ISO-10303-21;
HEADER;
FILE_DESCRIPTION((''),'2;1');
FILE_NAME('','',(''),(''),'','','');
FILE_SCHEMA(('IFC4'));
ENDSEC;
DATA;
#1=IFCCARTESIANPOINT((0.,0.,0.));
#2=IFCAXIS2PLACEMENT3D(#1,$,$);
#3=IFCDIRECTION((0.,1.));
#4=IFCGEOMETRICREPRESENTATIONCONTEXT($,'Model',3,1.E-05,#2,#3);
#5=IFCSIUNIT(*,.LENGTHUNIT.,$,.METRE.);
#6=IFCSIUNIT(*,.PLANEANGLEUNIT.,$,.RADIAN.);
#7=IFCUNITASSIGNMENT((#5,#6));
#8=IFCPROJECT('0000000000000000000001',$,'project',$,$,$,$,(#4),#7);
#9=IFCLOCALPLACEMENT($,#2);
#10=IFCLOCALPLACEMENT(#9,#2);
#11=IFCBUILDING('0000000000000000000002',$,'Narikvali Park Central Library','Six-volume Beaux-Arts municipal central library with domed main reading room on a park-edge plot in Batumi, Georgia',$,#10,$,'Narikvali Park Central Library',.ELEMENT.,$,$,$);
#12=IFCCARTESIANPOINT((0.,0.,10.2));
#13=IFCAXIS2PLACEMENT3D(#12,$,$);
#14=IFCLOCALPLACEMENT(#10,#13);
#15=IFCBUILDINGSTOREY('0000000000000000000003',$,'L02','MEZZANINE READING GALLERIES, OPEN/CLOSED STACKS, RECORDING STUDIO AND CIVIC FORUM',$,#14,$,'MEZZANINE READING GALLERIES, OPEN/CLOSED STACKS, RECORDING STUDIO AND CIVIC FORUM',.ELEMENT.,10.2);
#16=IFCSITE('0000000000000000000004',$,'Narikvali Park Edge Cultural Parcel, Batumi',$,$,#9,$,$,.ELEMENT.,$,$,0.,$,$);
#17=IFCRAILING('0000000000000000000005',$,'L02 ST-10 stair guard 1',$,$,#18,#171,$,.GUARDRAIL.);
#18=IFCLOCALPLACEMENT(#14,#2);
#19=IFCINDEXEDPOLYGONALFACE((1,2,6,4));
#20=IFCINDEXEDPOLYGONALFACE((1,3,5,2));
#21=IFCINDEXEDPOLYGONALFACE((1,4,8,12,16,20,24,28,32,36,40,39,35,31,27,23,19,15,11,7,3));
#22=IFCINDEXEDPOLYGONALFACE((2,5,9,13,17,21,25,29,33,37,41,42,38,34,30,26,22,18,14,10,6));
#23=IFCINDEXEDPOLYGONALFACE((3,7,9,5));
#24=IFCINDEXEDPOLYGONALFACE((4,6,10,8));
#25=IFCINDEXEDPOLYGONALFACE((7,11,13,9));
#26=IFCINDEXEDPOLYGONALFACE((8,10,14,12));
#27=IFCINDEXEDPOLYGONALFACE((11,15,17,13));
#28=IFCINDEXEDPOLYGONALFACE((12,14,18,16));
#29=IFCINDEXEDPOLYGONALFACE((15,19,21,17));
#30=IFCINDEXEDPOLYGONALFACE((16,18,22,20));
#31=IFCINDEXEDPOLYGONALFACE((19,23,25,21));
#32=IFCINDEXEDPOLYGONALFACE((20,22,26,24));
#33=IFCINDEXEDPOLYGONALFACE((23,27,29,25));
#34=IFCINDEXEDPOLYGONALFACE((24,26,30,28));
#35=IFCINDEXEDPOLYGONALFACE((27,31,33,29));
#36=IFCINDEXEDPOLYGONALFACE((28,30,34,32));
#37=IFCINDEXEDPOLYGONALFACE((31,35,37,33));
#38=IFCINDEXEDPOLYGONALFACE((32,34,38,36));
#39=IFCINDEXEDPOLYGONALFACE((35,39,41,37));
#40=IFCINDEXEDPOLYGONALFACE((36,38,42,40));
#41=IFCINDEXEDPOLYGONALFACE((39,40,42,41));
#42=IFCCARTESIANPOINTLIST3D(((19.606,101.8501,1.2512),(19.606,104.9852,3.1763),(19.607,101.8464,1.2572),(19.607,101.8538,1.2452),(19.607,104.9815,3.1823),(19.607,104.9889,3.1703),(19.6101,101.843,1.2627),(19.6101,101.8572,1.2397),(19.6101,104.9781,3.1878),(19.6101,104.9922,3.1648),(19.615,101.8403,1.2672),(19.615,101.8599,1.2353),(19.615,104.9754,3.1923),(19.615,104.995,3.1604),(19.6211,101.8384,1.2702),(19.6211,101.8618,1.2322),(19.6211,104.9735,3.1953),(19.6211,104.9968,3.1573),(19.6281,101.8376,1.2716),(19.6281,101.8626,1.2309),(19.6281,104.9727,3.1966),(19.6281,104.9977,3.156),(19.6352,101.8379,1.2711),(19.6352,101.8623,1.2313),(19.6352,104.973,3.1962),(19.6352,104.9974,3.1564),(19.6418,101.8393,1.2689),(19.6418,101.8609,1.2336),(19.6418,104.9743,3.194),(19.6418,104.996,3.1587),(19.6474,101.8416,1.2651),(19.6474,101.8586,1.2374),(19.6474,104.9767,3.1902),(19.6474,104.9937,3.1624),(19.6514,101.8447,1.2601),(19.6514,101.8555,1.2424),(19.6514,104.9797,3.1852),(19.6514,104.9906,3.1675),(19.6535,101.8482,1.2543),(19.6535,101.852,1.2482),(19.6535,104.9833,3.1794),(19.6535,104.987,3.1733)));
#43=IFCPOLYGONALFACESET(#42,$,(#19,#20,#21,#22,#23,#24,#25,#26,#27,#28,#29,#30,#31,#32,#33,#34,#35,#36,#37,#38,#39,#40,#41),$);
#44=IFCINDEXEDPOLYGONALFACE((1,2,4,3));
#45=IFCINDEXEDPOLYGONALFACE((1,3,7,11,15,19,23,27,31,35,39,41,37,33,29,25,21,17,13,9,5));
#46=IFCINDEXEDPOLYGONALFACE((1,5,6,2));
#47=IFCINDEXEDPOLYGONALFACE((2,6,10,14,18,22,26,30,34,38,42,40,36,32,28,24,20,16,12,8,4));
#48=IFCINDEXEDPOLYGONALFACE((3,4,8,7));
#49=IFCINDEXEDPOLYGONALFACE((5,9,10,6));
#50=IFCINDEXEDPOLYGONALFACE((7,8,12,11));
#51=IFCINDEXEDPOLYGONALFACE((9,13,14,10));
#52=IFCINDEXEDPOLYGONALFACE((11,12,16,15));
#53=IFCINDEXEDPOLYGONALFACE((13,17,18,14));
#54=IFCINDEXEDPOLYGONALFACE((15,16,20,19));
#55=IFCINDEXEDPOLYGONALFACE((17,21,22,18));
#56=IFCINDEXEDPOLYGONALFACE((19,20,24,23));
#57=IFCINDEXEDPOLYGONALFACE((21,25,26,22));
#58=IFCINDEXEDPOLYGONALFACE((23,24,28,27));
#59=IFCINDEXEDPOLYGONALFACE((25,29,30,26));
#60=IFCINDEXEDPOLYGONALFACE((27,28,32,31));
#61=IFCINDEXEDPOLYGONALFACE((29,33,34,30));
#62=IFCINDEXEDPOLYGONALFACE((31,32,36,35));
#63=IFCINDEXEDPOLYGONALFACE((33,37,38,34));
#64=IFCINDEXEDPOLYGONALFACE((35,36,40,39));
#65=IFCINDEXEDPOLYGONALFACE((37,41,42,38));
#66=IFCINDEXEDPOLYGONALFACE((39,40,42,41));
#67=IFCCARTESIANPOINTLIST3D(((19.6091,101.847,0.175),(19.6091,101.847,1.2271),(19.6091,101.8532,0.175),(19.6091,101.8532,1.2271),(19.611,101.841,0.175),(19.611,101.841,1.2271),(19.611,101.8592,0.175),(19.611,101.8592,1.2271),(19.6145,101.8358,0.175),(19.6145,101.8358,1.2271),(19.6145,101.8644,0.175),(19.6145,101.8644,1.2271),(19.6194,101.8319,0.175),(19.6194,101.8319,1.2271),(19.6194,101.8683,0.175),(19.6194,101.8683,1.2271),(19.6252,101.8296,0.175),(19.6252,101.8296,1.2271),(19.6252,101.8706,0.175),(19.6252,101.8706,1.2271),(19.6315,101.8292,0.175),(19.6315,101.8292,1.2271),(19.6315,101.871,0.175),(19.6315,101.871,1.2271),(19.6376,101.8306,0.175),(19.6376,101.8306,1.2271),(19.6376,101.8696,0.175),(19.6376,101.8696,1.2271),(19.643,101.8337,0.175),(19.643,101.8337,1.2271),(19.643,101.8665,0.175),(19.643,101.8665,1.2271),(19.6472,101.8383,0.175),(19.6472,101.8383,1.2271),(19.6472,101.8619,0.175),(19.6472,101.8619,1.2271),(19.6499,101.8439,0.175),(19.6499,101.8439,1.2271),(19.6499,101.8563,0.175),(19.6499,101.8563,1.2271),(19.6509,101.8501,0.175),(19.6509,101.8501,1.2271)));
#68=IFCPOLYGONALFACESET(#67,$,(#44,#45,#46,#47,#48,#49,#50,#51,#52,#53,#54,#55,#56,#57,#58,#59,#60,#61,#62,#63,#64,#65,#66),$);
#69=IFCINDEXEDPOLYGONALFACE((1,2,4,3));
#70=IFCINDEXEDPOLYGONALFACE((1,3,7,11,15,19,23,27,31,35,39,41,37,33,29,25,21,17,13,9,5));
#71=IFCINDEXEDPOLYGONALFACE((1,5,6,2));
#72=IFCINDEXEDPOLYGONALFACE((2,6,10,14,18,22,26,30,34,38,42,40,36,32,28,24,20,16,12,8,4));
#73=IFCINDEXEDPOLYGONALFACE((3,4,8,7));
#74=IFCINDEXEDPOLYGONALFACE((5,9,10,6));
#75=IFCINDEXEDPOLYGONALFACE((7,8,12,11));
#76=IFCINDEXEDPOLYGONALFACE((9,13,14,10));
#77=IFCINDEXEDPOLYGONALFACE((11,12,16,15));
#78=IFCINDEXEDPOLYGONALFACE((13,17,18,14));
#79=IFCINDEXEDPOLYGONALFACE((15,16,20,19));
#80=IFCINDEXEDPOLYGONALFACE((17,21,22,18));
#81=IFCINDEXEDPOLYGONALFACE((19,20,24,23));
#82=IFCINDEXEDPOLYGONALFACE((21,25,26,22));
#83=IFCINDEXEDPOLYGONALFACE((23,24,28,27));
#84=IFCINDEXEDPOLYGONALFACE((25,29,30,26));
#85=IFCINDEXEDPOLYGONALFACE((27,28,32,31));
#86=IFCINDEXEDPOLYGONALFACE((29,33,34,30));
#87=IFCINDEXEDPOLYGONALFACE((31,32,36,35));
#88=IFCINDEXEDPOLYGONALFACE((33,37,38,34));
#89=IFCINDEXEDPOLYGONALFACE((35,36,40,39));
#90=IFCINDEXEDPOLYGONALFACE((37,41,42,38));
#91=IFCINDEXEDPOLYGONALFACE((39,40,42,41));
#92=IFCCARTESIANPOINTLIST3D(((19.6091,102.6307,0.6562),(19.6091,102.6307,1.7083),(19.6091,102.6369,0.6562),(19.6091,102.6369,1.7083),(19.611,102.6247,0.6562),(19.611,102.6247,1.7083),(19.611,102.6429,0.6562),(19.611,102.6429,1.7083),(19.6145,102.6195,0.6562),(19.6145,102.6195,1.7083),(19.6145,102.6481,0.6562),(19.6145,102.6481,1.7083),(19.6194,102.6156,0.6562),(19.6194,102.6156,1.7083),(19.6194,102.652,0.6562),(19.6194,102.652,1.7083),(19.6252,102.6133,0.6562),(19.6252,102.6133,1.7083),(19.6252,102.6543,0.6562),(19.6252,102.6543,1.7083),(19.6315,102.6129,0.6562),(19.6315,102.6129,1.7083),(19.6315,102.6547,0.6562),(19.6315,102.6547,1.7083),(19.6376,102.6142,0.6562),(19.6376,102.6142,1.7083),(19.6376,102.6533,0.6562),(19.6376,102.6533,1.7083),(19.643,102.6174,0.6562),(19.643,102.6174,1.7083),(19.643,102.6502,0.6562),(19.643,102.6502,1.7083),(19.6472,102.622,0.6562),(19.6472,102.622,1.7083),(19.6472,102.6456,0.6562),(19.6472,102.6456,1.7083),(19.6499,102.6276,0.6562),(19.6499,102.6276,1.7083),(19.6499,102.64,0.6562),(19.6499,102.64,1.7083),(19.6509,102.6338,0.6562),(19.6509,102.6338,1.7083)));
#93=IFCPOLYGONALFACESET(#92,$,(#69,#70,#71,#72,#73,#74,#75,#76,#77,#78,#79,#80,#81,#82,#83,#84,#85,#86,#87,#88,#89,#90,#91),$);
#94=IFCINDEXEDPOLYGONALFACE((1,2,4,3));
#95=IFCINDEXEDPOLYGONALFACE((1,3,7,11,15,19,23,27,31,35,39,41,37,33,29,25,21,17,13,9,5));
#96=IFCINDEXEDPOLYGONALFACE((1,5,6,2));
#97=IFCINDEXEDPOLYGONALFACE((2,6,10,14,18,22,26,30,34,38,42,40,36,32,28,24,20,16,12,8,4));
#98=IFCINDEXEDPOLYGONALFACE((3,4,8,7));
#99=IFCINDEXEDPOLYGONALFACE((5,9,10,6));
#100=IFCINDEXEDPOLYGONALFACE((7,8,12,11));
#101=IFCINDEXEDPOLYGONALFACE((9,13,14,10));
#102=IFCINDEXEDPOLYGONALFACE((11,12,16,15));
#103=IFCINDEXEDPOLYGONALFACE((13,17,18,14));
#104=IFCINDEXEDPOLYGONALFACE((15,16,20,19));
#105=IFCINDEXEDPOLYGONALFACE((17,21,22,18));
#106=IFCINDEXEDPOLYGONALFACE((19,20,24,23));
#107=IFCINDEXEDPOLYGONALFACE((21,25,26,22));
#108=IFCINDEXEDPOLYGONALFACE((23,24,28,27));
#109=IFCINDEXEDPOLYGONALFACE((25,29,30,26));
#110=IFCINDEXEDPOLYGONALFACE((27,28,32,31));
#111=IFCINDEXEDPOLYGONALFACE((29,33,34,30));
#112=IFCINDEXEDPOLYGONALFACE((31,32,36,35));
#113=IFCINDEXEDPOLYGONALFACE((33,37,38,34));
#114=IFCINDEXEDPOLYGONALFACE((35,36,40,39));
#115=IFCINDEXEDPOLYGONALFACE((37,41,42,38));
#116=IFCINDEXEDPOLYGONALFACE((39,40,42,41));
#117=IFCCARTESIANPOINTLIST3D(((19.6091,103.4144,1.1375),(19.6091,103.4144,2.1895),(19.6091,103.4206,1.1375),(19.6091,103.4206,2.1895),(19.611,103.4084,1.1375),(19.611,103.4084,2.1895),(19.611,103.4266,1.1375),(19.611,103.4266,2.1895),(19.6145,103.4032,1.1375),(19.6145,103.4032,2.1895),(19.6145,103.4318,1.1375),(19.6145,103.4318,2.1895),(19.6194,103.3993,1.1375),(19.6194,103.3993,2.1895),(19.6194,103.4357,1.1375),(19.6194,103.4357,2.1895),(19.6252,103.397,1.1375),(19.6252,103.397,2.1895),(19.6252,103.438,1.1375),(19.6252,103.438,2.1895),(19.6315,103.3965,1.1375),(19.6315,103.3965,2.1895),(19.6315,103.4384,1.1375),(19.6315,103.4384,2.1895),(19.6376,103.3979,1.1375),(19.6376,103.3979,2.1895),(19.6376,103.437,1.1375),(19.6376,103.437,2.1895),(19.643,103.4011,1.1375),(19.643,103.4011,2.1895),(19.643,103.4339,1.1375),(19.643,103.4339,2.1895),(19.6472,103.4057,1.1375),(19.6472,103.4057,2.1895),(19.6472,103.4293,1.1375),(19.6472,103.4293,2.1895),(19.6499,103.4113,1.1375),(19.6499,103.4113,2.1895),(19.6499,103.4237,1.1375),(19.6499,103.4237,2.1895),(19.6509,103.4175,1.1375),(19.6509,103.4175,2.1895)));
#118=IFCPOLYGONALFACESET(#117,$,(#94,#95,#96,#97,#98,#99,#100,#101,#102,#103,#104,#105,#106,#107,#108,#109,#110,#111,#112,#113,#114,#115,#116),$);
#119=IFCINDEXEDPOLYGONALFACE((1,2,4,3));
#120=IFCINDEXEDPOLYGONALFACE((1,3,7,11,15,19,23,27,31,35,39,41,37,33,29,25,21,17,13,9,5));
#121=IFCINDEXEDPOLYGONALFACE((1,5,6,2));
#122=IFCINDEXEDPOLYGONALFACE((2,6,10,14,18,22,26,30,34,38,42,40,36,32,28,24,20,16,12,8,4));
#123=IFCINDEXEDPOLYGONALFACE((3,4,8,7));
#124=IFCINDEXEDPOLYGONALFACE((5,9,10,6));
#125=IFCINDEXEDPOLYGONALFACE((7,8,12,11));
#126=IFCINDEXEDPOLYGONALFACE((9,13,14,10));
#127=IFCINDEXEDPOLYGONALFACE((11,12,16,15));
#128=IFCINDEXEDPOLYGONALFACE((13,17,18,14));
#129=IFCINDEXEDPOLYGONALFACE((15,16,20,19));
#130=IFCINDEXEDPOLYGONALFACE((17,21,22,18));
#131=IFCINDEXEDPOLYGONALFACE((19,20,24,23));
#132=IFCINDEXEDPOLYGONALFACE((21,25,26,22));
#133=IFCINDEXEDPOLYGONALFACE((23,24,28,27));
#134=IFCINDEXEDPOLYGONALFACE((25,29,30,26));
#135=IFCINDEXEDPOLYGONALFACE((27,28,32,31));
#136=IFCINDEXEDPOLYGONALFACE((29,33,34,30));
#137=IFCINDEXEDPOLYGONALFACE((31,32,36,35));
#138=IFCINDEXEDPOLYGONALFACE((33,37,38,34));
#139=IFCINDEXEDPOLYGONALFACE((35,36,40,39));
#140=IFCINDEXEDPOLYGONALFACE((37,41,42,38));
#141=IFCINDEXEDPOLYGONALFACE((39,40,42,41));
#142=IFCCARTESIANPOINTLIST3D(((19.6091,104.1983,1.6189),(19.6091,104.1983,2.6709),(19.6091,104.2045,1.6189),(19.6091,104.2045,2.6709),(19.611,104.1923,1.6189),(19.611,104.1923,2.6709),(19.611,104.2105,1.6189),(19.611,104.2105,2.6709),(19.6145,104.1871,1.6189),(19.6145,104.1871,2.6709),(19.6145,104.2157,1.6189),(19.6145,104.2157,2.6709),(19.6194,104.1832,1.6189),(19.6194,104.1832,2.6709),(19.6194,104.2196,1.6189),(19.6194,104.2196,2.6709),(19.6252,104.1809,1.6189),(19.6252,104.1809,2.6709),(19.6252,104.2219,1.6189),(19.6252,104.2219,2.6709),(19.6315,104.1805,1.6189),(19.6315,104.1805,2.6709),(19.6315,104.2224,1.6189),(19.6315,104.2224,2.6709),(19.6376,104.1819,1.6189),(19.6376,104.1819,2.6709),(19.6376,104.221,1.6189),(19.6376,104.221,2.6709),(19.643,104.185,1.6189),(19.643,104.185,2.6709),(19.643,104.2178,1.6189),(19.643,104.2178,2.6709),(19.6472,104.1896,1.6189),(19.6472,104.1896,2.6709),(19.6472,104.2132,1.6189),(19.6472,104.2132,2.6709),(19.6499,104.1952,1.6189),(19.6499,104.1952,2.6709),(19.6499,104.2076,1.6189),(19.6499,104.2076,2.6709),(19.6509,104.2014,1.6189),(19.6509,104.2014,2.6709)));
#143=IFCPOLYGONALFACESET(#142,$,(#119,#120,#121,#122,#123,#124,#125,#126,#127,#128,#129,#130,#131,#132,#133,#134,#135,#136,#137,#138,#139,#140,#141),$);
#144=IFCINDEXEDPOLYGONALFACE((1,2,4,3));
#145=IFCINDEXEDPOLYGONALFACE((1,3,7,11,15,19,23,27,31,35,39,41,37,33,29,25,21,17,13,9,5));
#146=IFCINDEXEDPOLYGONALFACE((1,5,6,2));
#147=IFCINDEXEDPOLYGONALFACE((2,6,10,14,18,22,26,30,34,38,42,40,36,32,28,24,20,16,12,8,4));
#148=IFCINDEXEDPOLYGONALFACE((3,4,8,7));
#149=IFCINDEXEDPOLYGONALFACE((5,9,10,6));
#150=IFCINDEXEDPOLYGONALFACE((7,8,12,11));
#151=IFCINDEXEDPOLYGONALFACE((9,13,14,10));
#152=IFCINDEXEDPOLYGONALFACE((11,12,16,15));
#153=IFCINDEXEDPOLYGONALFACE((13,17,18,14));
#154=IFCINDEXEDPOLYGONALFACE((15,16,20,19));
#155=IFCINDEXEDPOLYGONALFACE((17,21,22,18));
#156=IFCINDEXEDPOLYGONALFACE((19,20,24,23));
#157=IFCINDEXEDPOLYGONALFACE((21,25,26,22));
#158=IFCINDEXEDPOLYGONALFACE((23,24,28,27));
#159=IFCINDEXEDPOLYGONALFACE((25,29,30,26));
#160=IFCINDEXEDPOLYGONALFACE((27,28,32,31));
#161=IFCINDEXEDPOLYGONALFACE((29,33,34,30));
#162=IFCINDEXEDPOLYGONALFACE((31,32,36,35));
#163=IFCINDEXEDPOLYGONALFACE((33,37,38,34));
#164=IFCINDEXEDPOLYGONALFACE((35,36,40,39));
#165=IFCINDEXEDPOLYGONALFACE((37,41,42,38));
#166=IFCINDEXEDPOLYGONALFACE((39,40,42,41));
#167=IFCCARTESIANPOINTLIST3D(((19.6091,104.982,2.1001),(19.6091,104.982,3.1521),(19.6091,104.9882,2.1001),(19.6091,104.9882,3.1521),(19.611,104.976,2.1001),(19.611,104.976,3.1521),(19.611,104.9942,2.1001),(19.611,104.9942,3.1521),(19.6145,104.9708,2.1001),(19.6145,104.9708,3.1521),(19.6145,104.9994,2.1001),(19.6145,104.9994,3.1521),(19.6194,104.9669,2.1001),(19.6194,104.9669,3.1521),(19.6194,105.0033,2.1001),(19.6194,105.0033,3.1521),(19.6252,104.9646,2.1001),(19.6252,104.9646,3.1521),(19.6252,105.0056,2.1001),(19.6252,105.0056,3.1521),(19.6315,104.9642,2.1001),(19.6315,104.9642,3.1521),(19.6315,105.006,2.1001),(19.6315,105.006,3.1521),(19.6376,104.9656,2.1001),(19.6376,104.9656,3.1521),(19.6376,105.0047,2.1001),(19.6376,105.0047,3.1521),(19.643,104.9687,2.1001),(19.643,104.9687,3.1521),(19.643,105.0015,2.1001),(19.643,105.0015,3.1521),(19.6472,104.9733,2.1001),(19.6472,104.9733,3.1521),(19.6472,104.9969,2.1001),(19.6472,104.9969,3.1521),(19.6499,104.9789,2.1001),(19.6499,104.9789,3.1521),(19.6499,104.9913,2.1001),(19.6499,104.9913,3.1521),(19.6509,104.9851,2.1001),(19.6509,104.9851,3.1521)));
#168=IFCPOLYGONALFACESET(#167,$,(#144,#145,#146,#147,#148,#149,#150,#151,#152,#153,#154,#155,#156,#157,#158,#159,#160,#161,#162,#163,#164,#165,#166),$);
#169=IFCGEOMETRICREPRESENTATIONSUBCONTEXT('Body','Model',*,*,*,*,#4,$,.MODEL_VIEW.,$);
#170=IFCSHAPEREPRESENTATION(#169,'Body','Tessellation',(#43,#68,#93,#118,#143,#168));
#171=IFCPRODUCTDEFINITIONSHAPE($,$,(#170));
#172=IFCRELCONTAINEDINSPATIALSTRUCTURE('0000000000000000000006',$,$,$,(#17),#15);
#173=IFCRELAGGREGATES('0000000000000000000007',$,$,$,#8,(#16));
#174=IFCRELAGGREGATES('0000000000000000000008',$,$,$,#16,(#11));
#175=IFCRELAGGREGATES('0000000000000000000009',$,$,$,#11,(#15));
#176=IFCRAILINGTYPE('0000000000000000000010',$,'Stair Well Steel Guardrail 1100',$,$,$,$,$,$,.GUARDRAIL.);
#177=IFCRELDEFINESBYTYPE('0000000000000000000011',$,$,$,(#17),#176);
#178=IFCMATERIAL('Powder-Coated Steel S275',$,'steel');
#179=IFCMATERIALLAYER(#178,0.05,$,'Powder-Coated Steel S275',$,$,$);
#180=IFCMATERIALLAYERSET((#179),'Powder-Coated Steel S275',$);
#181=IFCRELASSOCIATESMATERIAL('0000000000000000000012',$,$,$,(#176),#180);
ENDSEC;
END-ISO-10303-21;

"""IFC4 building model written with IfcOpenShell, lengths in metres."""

from ifc_helpers import new_model, si_unit, direction, frame, origin, origin_2d, place, context, subcontext, project, spatial, circle, extrude, material, layer, layer_set, type_object, element, save


model = new_model("IFC4")

# Units and contexts
model_context = context("Model", 3, precision=1e-05, world=origin(), true_north=direction((0.0, 1.0)))
body_context = subcontext(model_context, "Body", "Model", "MODEL_VIEW")
ifc_project = project(units=[si_unit("LENGTHUNIT", "METRE"), si_unit("PLANEANGLEUNIT", "RADIAN")], contexts=[model_context])

# Site, building, storey
site_placement = place(None, origin())
site = spatial("IfcSite", under=ifc_project, at=site_placement, Name="Narikvali Park Edge Cultural Parcel, Batumi", CompositionType="ELEMENT", RefElevation=0.0)
building_placement = place(site_placement, origin())
building = spatial("IfcBuilding", under=site, at=building_placement, Name="Narikvali Park Central Library", Description="Six-volume Beaux-Arts municipal central library with domed main reading room on a park-edge plot in Batumi, Georgia", LongName="Narikvali Park Central Library", CompositionType="ELEMENT")
storey_placement = place(building_placement, frame((0.0, 0.0, 10.2)))
storey = spatial("IfcBuildingStorey", under=building, at=storey_placement, Name="L02", Description="MEZZANINE READING GALLERIES, OPEN/CLOSED STACKS, RECORDING STUDIO AND CIVIC FORUM", LongName="MEZZANINE READING GALLERIES, OPEN/CLOSED STACKS, RECORDING STUDIO AND CIVIC FORUM", CompositionType="ELEMENT", Elevation=10.2)

# Railing
ifc_material_1 = material(Name="Powder-Coated Steel S275", Category="steel")
ifc_layer_1 = layer(ifc_material_1, 0.05, Name="Powder-Coated Steel S275")
ifc_layer_set_1 = layer_set([ifc_layer_1], Name="Powder-Coated Steel S275")
railing_type_1 = type_object("IfcRailingType", Name="Stair Well Steel Guardrail 1100", PredefinedType="GUARDRAIL", material=ifc_layer_set_1)
railing_1_placement = place(storey_placement, frame((19.6299, 101.8501, 0.175)))
element("IfcRailing", 1, at=railing_1_placement, inside=storey, type_object=railing_type_1, Name="L02 ST-10 stair guard 1", PredefinedType="GUARDRAIL", context=body_context, shape_type="SweptSolid", body=[
    extrude(circle(Radius=0.0239, at=origin_2d()), frame((0.0, 0.0, 1.0762), z_axis=(0.0, 0.852166, 0.523271), x_axis=(-1.0, 0.0, 0.0)), (0.0, 0.0, 1.0), 3.679),
    extrude(circle(Radius=0.021, at=origin_2d()), origin(), (0.0, 0.0, 1.0), 1.052),
    extrude(circle(Radius=0.021, at=origin_2d()), frame((0.0, 0.7837, 0.4812)), (0.0, 0.0, 1.0), 1.052),
    extrude(circle(Radius=0.021, at=origin_2d()), frame((0.0, 1.5674, 0.9624)), (0.0, 0.0, 1.0), 1.052),
    extrude(circle(Radius=0.021, at=origin_2d()), frame((0.0, 2.3513, 1.4438)), (0.0, 0.0, 1.0), 1.052),
    extrude(circle(Radius=0.021, at=origin_2d()), frame((0.0, 3.135, 1.925)), (0.0, 0.0, 1.0), 1.052),
])

save(model, "model.ifc")
